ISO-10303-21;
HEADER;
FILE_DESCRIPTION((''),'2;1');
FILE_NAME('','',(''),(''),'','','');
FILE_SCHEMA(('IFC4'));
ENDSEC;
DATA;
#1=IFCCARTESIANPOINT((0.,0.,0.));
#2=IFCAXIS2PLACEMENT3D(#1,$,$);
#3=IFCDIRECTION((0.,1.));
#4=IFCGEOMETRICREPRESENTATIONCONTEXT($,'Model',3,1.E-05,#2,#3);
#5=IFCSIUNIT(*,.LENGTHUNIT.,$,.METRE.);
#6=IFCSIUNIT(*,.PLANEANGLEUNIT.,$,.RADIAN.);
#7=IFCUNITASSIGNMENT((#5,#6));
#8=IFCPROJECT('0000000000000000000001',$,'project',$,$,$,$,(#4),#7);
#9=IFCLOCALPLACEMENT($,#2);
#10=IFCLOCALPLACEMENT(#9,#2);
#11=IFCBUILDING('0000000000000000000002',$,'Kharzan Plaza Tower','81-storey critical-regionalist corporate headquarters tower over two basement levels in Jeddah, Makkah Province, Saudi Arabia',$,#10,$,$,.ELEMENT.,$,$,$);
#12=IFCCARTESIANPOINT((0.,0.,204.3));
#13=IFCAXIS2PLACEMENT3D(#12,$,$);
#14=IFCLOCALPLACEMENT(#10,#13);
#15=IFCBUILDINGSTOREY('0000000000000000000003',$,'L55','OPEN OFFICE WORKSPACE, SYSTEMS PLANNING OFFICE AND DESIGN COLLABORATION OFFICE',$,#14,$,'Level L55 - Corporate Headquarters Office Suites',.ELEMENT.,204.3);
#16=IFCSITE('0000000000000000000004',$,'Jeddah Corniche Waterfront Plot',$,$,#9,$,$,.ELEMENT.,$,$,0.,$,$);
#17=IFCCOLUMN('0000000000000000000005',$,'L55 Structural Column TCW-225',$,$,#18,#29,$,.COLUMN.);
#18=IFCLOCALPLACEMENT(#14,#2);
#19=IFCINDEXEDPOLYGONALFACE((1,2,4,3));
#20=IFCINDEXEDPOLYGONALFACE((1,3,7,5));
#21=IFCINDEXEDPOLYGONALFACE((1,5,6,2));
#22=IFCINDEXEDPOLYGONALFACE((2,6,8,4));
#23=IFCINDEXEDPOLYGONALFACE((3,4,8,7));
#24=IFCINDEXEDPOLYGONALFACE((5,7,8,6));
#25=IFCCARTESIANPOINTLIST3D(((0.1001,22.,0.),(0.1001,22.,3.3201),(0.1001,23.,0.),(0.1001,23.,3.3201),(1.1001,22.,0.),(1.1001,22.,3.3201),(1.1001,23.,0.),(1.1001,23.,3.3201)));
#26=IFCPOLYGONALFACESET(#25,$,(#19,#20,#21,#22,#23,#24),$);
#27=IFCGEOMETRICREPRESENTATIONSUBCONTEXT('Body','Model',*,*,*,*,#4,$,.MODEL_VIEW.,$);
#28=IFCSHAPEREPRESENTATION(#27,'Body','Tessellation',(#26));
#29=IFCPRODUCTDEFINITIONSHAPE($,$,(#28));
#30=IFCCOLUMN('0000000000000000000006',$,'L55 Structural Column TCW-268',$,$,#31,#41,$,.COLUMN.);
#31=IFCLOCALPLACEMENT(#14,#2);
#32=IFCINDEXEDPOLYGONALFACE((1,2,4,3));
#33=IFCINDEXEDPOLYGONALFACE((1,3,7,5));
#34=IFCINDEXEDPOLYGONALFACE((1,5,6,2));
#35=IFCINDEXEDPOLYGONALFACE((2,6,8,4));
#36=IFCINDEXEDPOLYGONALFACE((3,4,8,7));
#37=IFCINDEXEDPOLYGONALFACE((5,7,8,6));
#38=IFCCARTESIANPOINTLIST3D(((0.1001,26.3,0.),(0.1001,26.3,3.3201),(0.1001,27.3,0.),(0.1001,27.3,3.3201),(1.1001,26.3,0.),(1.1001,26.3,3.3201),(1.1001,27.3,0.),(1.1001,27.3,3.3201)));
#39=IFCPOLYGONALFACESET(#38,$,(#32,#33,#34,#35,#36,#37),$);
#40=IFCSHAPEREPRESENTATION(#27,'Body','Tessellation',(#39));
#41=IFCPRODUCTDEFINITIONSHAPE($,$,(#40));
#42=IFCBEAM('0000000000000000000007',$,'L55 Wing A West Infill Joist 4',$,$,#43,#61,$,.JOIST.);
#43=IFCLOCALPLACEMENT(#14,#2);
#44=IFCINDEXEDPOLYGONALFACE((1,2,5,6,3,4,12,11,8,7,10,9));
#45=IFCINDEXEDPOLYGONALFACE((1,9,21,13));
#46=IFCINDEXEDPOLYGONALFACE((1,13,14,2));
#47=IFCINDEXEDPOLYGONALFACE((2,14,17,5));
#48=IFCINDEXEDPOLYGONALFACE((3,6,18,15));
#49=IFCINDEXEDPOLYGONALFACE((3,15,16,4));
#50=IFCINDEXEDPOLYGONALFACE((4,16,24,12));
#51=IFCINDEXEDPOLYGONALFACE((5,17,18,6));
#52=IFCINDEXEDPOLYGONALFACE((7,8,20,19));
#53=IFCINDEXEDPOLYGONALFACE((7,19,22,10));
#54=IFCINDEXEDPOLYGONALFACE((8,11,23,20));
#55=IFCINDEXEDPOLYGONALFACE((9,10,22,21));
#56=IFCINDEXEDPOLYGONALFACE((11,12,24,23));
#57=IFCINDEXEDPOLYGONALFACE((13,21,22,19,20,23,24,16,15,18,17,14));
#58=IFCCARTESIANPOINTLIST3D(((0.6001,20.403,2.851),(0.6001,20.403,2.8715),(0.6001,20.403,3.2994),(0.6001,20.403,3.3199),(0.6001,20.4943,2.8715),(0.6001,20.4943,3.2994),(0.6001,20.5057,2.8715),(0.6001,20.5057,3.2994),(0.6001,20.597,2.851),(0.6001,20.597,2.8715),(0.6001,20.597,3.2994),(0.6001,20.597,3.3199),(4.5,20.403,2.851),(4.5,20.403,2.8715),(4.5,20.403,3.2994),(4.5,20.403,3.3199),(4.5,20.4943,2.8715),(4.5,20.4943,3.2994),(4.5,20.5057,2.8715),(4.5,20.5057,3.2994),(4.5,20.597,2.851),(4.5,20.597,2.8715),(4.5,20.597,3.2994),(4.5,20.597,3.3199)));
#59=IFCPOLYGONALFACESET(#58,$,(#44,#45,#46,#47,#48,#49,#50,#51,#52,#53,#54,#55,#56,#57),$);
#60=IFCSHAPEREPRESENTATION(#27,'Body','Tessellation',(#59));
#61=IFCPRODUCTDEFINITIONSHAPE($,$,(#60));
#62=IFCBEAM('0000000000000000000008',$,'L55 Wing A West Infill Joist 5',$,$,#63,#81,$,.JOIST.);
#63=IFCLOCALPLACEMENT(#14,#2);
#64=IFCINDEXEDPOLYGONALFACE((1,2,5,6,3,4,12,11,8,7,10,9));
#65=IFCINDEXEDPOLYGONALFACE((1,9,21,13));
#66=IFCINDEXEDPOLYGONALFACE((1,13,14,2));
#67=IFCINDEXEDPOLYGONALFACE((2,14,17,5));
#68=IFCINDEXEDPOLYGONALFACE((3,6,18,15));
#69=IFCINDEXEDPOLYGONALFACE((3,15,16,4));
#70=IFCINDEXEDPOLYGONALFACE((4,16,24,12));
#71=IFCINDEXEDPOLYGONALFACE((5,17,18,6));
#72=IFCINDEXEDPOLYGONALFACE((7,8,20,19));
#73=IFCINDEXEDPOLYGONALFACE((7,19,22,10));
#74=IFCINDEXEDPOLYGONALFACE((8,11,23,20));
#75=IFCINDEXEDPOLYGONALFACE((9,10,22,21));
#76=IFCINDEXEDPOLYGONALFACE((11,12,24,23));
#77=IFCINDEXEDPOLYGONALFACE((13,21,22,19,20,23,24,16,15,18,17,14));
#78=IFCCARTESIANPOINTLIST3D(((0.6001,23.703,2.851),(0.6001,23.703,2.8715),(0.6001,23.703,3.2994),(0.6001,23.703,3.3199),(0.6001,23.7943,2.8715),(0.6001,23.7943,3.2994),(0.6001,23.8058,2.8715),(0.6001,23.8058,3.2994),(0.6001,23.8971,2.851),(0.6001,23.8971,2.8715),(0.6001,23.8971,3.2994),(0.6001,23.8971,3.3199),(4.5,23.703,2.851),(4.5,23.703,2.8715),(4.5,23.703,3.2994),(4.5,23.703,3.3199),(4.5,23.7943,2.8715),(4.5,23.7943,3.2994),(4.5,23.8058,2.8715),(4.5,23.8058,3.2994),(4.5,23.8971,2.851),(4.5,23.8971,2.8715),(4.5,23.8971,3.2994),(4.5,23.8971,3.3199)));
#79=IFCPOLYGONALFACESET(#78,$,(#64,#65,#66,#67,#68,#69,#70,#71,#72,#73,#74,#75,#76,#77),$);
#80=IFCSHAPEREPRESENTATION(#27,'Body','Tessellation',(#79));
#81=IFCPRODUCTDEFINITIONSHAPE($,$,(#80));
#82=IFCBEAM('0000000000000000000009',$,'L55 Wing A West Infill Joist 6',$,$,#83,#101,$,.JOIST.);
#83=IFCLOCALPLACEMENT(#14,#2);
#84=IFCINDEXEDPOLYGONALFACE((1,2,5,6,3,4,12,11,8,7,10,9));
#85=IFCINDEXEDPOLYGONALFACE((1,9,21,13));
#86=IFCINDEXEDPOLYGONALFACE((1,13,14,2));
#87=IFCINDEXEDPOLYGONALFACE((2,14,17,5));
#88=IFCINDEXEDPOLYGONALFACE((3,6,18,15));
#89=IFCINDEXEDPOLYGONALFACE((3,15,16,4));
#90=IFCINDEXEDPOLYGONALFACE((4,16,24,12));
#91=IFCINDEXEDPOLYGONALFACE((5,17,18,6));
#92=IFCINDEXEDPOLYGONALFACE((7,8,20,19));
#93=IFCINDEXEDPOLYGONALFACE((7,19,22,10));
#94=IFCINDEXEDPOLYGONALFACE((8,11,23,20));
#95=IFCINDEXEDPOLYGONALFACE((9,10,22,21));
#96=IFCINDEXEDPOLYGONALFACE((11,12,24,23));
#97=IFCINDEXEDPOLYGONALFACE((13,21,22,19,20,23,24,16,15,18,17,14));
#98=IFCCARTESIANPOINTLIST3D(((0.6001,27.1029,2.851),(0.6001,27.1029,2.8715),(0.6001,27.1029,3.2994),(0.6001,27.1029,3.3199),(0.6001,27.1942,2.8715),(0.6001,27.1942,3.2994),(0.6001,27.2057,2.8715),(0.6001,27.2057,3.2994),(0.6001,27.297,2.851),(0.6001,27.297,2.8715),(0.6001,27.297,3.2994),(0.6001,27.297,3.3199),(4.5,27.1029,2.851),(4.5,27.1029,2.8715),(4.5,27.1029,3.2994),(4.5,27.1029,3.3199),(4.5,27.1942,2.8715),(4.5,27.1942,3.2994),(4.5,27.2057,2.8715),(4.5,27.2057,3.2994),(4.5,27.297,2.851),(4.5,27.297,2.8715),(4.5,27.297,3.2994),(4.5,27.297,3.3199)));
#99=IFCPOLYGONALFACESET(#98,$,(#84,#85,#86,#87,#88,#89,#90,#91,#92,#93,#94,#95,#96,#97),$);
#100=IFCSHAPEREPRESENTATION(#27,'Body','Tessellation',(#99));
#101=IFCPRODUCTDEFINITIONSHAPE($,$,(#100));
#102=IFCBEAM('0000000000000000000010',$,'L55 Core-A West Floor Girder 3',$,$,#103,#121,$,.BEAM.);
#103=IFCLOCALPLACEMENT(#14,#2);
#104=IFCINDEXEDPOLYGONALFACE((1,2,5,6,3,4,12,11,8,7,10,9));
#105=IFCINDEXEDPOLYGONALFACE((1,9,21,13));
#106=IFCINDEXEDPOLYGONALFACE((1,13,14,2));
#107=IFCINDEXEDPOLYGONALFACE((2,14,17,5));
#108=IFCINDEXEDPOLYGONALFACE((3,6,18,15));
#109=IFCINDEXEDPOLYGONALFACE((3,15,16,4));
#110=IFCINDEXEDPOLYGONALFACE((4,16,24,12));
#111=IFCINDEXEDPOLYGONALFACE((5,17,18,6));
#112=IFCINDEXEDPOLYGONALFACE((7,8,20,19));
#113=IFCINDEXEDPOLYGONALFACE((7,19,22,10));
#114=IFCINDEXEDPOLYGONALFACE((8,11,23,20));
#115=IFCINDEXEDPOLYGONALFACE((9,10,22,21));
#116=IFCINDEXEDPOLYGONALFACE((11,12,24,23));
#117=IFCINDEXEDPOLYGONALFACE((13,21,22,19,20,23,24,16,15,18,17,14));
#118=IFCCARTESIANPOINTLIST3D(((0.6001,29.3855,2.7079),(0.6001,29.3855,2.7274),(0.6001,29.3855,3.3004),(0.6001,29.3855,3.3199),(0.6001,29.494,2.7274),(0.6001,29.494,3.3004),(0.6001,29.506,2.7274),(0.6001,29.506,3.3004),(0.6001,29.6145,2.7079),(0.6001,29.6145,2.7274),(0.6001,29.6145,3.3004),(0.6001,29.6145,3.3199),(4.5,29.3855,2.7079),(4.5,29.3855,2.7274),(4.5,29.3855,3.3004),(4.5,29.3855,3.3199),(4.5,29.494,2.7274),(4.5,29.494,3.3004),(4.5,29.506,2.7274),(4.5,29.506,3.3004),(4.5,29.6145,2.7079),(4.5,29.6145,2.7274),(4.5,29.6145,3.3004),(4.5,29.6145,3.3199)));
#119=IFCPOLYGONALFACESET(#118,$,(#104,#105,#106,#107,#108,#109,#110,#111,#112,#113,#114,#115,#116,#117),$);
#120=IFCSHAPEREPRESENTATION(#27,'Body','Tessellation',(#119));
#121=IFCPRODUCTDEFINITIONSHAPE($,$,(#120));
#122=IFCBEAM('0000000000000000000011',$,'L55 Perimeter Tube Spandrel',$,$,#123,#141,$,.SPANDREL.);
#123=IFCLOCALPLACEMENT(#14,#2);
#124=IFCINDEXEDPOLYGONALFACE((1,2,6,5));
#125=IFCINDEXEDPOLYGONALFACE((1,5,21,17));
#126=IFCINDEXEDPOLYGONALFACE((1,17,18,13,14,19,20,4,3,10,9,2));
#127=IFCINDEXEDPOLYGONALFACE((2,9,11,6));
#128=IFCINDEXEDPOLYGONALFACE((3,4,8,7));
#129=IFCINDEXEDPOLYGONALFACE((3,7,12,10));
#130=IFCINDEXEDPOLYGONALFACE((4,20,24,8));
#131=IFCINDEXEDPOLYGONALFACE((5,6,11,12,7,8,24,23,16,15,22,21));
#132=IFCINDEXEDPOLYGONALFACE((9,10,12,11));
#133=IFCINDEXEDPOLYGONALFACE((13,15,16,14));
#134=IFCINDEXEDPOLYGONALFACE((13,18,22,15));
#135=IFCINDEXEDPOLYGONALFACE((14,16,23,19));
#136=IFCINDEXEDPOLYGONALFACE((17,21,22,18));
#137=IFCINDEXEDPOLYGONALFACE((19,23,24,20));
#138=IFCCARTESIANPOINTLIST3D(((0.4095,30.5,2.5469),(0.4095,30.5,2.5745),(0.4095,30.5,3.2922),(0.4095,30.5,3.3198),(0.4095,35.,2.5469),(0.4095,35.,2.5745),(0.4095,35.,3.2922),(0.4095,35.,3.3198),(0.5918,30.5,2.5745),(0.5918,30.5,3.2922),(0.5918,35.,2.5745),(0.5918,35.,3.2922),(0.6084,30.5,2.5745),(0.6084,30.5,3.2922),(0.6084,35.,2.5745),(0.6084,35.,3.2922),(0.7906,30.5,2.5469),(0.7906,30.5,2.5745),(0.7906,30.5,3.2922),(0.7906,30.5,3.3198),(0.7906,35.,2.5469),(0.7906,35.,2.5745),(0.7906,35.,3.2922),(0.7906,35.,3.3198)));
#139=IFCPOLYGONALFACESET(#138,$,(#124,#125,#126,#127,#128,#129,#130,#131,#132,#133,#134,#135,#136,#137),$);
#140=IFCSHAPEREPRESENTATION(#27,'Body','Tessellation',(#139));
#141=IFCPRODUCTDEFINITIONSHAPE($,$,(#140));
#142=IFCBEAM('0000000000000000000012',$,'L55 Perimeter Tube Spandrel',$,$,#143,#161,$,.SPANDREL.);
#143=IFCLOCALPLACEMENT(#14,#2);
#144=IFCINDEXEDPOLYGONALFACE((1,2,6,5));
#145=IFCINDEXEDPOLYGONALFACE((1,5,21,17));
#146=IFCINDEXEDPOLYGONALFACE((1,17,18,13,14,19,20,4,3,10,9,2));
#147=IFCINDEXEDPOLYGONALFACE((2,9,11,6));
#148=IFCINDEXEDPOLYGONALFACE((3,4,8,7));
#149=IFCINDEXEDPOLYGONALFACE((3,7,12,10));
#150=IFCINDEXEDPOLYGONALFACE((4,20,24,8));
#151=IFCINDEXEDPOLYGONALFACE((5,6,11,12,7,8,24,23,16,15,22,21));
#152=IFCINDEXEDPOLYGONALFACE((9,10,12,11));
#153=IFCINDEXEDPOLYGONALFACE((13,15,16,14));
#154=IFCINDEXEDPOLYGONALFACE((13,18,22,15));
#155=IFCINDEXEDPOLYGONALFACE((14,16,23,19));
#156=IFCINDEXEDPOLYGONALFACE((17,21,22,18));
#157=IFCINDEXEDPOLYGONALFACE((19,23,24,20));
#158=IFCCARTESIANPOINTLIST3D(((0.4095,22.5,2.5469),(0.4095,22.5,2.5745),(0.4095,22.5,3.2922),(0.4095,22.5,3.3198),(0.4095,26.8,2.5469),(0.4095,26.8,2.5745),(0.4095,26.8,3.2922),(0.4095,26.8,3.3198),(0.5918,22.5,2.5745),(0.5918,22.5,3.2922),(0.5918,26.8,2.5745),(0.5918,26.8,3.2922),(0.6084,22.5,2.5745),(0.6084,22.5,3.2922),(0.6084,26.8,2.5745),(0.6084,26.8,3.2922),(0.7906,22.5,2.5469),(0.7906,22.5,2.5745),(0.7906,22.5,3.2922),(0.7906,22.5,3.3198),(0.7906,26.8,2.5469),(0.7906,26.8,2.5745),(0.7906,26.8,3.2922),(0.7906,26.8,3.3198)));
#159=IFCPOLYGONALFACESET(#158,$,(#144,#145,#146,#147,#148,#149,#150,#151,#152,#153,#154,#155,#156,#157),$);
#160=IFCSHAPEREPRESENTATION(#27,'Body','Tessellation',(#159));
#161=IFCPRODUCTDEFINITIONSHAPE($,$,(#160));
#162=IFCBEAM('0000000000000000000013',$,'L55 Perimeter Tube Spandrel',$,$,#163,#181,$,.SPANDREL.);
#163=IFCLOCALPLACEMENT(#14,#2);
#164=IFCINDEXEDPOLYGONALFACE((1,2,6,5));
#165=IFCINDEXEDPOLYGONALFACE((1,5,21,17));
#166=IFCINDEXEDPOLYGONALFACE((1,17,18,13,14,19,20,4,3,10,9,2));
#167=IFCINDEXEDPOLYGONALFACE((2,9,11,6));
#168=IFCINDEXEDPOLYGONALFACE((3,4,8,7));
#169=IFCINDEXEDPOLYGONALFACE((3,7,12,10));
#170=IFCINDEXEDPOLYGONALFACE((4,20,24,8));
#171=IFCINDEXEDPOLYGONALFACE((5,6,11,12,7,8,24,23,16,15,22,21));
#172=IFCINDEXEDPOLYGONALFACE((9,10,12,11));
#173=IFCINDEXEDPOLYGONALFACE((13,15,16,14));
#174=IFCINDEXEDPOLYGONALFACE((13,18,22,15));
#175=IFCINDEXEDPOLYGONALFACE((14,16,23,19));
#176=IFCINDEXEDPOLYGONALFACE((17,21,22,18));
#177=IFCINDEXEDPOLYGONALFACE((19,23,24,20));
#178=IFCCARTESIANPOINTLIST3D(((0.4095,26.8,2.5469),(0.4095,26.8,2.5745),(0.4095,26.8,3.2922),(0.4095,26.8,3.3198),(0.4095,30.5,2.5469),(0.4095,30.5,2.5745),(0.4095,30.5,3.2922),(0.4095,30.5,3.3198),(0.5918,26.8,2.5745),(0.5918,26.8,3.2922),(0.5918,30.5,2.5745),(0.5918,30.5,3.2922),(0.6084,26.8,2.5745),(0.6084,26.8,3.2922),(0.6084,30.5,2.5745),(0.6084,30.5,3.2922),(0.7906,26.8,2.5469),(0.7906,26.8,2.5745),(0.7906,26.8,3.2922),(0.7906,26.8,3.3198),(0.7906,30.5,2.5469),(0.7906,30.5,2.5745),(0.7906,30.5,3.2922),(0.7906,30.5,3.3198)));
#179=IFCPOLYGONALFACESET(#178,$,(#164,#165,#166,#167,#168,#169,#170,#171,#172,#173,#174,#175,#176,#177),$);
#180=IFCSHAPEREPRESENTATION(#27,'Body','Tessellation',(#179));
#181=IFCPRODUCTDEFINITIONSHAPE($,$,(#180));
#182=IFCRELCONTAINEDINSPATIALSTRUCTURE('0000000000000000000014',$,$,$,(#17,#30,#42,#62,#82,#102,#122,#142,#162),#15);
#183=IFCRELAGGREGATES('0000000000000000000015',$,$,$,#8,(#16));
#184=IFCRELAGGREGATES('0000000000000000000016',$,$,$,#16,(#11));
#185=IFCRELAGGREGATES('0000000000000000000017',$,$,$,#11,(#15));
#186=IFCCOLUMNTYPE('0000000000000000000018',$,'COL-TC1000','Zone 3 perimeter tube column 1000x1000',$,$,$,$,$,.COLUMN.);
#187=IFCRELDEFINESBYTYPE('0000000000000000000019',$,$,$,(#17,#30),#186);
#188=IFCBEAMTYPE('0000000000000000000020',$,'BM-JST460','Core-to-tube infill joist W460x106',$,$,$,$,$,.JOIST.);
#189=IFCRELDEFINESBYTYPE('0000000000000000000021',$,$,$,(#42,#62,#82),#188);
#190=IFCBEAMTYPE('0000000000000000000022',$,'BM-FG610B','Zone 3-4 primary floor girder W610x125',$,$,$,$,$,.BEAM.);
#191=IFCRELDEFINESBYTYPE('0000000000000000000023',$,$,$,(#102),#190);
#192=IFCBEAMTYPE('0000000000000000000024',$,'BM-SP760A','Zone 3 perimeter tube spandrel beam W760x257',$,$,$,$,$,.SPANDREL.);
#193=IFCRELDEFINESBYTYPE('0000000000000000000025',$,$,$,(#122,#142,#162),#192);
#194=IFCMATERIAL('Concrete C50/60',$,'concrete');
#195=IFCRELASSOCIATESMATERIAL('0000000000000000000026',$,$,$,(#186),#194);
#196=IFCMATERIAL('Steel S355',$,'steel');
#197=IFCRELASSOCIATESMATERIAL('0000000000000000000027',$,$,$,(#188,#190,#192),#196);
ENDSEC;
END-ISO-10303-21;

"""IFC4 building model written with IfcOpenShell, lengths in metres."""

from ifc_helpers import new_model, si_unit, direction, frame, origin, origin_2d, place, context, subcontext, project, spatial, rectangle, i_section, extrude, source, transform, mapped, material, material_profile, profile_set, type_object, element, save


model = new_model("IFC4")

# Units and contexts
model_context = context("Model", 3, precision=1e-05, world=origin(), true_north=direction((0.0, 1.0)))
body_context = subcontext(model_context, "Body", "Model", "MODEL_VIEW")
ifc_project = project(units=[si_unit("LENGTHUNIT", "METRE"), si_unit("PLANEANGLEUNIT", "RADIAN")], contexts=[model_context])

# Site, building, storey
site_placement = place(None, origin())
site = spatial("IfcSite", under=ifc_project, at=site_placement, Name="Jeddah Corniche Waterfront Plot", CompositionType="ELEMENT", RefElevation=0.0)
building_placement = place(site_placement, origin())
building = spatial("IfcBuilding", under=site, at=building_placement, Name="Kharzan Plaza Tower", Description="81-storey critical-regionalist corporate headquarters tower over two basement levels in Jeddah, Makkah Province, Saudi Arabia", CompositionType="ELEMENT")
storey_placement = place(building_placement, frame((0.0, 0.0, 204.3)))
storey = spatial("IfcBuildingStorey", under=building, at=storey_placement, Name="L55", Description="OPEN OFFICE WORKSPACE, SYSTEMS PLANNING OFFICE AND DESIGN COLLABORATION OFFICE", LongName="Level L55 - Corporate Headquarters Office Suites", CompositionType="ELEMENT", Elevation=204.3)

# Columns
ifc_material_1 = material(Name="Concrete C50/60", Category="concrete")
ifc_material_profile_1 = material_profile(ifc_material_1, rectangle(XDim=1.0, YDim=1.0, at=origin_2d()), Name="RC-TC1000x1000")
ifc_profile_set_1 = profile_set([ifc_material_profile_1], Name="Concrete C50/60")
column_type = type_object("IfcColumnType", Name="COL-TC1000", Description="Zone 3 perimeter tube column 1000x1000", PredefinedType="COLUMN", material=ifc_profile_set_1)
shared_shape_1 = source(origin(), body_context, "Body", "SweptSolid", [
    extrude(rectangle(XDim=1.0, YDim=1.0, at=origin_2d()), origin(), (0.0, 0.0, 1.0), 3.3201),
])
for number, where, z_axis, x_axis, name in (
    (1, (0.6001, 22.5, 0.0), (0.0, 0.0, 1.0), (1.0, 0.0, 0.0), "L55 Structural Column TCW-225"),
    (2, (0.6001, 26.8, 0.0), (0.0, 0.0, 1.0), (1.0, 0.0, 0.0), "L55 Structural Column TCW-268"),
):
    element("IfcColumn", number, at=place(storey_placement, frame(where, z_axis=z_axis, x_axis=x_axis)), inside=storey, type_object=column_type, Name=name, PredefinedType="COLUMN", context=body_context, shape_type="MappedRepresentation", body=[
        mapped(shared_shape_1, transform((0.0, 0.0, 0.0), x_axis=(1.0, 0.0, 0.0), y_axis=(0.0, 1.0, 0.0), z_axis=(0.0, 0.0, 1.0))),
    ])

# Beams
ifc_material_2 = material(Name="Steel S355", Category="steel")
ifc_material_profile_2 = material_profile(ifc_material_2, i_section(OverallWidth=0.1941, OverallDepth=0.469, WebThickness=0.0115, FlangeThickness=0.0205, at=origin_2d()), Name="W460x106")
ifc_profile_set_2 = profile_set([ifc_material_profile_2], Name="Steel S355")
beam_type_1 = type_object("IfcBeamType", Name="BM-JST460", Description="Core-to-tube infill joist W460x106", PredefinedType="JOIST", material=ifc_profile_set_2)
shared_shape_2 = source(origin(), body_context, "Body", "SweptSolid", [
    extrude(i_section(OverallWidth=0.1941, OverallDepth=0.469, WebThickness=0.0115, FlangeThickness=0.0205, at=origin_2d()), origin(), (0.0, 0.0, 1.0), 3.8999),
])
for number, where, z_axis, x_axis, name in (
    (3, (0.6001, 20.5, 3.0854), (1.0, 0.0, 0.0), (0.0, 1.0, 0.0), "L55 Wing A West Infill Joist 4"),
    (4, (0.6001, 23.8, 3.0854), (1.0, 0.0, 0.0), (0.0, 1.0, 0.0), "L55 Wing A West Infill Joist 5"),
    (5, (0.6001, 27.2, 3.0854), (1.0, 0.0, 0.0), (0.0, 1.0, 0.0), "L55 Wing A West Infill Joist 6"),
):
    element("IfcBeam", number, at=place(storey_placement, frame(where, z_axis=z_axis, x_axis=x_axis)), inside=storey, type_object=beam_type_1, Name=name, PredefinedType="JOIST", context=body_context, shape_type="MappedRepresentation", body=[
        mapped(shared_shape_2, transform((0.0, 0.0, 0.0), x_axis=(1.0, 0.0, 0.0), y_axis=(0.0, 1.0, 0.0), z_axis=(0.0, 0.0, 1.0))),
    ])
ifc_material_profile_3 = material_profile(ifc_material_2, i_section(OverallWidth=0.229, OverallDepth=0.6121, WebThickness=0.012, FlangeThickness=0.0195, at=origin_2d()), Name="W610x125")
ifc_profile_set_3 = profile_set([ifc_material_profile_3], Name="Steel S355")
beam_type_2 = type_object("IfcBeamType", Name="BM-FG610B", Description="Zone 3-4 primary floor girder W610x125", PredefinedType="BEAM", material=ifc_profile_set_3)
shared_shape_3 = source(origin(), body_context, "Body", "SweptSolid", [
    extrude(i_section(OverallWidth=0.229, OverallDepth=0.6121, WebThickness=0.012, FlangeThickness=0.0195, at=origin_2d()), origin(), (0.0, 0.0, 1.0), 3.8999),
])
beam_1_placement = place(storey_placement, frame((0.6001, 29.5, 3.0139), z_axis=(1.0, 0.0, 0.0), x_axis=(0.0, 1.0, 0.0)))
element("IfcBeam", 6, at=beam_1_placement, inside=storey, type_object=beam_type_2, Name="L55 Core-A West Floor Girder 3", PredefinedType="BEAM", context=body_context, shape_type="MappedRepresentation", body=[
    mapped(shared_shape_3, transform((0.0, 0.0, 0.0), x_axis=(1.0, 0.0, 0.0), y_axis=(0.0, 1.0, 0.0), z_axis=(0.0, 0.0, 1.0))),
])
ifc_material_profile_4 = material_profile(ifc_material_2, i_section(OverallWidth=0.3811, OverallDepth=0.7729, WebThickness=0.0166, FlangeThickness=0.0276, at=origin_2d()), Name="W760x257")
ifc_profile_set_4 = profile_set([ifc_material_profile_4], Name="Steel S355")
beam_type_3 = type_object("IfcBeamType", Name="BM-SP760A", Description="Zone 3 perimeter tube spandrel beam W760x257", PredefinedType="SPANDREL", material=ifc_profile_set_4)
shared_shape_4 = source(origin(), body_context, "Body", "SweptSolid", [
    extrude(i_section(OverallWidth=0.3811, OverallDepth=0.7729, WebThickness=0.0166, FlangeThickness=0.0276, at=origin_2d()), origin(), (0.0, 0.0, 1.0), 4.5),
])
beam_2_placement = place(storey_placement, frame((0.6001, 30.5, 2.9333), z_axis=(0.0, 1.0, 0.0), x_axis=(-1.0, 0.0, 0.0)))
element("IfcBeam", 7, at=beam_2_placement, inside=storey, type_object=beam_type_3, Name="L55 Perimeter Tube Spandrel", PredefinedType="SPANDREL", context=body_context, shape_type="MappedRepresentation", body=[
    mapped(shared_shape_4, transform((0.0, 0.0, 0.0), x_axis=(1.0, 0.0, 0.0), y_axis=(0.0, 1.0, 0.0), z_axis=(0.0, 0.0, 1.0))),
])
shared_shape_5 = source(origin(), body_context, "Body", "SweptSolid", [
    extrude(i_section(OverallWidth=0.3811, OverallDepth=0.7729, WebThickness=0.0166, FlangeThickness=0.0276, at=origin_2d()), origin(), (0.0, 0.0, 1.0), 4.3),
])
beam_3_placement = place(storey_placement, frame((0.6001, 22.5, 2.9333), z_axis=(0.0, 1.0, 0.0), x_axis=(-1.0, 0.0, 0.0)))
element("IfcBeam", 8, at=beam_3_placement, inside=storey, type_object=beam_type_3, Name="L55 Perimeter Tube Spandrel", PredefinedType="SPANDREL", context=body_context, shape_type="MappedRepresentation", body=[
    mapped(shared_shape_5, transform((0.0, 0.0, 0.0), x_axis=(1.0, 0.0, 0.0), y_axis=(0.0, 1.0, 0.0), z_axis=(0.0, 0.0, 1.0))),
])
shared_shape_6 = source(origin(), body_context, "Body", "SweptSolid", [
    extrude(i_section(OverallWidth=0.3811, OverallDepth=0.7729, WebThickness=0.0166, FlangeThickness=0.0276, at=origin_2d()), origin(), (0.0, 0.0, 1.0), 3.7),
])
beam_4_placement = place(storey_placement, frame((0.6001, 26.8, 2.9333), z_axis=(0.0, 1.0, 0.0), x_axis=(-1.0, 0.0, 0.0)))
element("IfcBeam", 9, at=beam_4_placement, inside=storey, type_object=beam_type_3, Name="L55 Perimeter Tube Spandrel", PredefinedType="SPANDREL", context=body_context, shape_type="MappedRepresentation", body=[
    mapped(shared_shape_6, transform((0.0, 0.0, 0.0), x_axis=(1.0, 0.0, 0.0), y_axis=(0.0, 1.0, 0.0), z_axis=(0.0, 0.0, 1.0))),
])

save(model, "model.ifc")
